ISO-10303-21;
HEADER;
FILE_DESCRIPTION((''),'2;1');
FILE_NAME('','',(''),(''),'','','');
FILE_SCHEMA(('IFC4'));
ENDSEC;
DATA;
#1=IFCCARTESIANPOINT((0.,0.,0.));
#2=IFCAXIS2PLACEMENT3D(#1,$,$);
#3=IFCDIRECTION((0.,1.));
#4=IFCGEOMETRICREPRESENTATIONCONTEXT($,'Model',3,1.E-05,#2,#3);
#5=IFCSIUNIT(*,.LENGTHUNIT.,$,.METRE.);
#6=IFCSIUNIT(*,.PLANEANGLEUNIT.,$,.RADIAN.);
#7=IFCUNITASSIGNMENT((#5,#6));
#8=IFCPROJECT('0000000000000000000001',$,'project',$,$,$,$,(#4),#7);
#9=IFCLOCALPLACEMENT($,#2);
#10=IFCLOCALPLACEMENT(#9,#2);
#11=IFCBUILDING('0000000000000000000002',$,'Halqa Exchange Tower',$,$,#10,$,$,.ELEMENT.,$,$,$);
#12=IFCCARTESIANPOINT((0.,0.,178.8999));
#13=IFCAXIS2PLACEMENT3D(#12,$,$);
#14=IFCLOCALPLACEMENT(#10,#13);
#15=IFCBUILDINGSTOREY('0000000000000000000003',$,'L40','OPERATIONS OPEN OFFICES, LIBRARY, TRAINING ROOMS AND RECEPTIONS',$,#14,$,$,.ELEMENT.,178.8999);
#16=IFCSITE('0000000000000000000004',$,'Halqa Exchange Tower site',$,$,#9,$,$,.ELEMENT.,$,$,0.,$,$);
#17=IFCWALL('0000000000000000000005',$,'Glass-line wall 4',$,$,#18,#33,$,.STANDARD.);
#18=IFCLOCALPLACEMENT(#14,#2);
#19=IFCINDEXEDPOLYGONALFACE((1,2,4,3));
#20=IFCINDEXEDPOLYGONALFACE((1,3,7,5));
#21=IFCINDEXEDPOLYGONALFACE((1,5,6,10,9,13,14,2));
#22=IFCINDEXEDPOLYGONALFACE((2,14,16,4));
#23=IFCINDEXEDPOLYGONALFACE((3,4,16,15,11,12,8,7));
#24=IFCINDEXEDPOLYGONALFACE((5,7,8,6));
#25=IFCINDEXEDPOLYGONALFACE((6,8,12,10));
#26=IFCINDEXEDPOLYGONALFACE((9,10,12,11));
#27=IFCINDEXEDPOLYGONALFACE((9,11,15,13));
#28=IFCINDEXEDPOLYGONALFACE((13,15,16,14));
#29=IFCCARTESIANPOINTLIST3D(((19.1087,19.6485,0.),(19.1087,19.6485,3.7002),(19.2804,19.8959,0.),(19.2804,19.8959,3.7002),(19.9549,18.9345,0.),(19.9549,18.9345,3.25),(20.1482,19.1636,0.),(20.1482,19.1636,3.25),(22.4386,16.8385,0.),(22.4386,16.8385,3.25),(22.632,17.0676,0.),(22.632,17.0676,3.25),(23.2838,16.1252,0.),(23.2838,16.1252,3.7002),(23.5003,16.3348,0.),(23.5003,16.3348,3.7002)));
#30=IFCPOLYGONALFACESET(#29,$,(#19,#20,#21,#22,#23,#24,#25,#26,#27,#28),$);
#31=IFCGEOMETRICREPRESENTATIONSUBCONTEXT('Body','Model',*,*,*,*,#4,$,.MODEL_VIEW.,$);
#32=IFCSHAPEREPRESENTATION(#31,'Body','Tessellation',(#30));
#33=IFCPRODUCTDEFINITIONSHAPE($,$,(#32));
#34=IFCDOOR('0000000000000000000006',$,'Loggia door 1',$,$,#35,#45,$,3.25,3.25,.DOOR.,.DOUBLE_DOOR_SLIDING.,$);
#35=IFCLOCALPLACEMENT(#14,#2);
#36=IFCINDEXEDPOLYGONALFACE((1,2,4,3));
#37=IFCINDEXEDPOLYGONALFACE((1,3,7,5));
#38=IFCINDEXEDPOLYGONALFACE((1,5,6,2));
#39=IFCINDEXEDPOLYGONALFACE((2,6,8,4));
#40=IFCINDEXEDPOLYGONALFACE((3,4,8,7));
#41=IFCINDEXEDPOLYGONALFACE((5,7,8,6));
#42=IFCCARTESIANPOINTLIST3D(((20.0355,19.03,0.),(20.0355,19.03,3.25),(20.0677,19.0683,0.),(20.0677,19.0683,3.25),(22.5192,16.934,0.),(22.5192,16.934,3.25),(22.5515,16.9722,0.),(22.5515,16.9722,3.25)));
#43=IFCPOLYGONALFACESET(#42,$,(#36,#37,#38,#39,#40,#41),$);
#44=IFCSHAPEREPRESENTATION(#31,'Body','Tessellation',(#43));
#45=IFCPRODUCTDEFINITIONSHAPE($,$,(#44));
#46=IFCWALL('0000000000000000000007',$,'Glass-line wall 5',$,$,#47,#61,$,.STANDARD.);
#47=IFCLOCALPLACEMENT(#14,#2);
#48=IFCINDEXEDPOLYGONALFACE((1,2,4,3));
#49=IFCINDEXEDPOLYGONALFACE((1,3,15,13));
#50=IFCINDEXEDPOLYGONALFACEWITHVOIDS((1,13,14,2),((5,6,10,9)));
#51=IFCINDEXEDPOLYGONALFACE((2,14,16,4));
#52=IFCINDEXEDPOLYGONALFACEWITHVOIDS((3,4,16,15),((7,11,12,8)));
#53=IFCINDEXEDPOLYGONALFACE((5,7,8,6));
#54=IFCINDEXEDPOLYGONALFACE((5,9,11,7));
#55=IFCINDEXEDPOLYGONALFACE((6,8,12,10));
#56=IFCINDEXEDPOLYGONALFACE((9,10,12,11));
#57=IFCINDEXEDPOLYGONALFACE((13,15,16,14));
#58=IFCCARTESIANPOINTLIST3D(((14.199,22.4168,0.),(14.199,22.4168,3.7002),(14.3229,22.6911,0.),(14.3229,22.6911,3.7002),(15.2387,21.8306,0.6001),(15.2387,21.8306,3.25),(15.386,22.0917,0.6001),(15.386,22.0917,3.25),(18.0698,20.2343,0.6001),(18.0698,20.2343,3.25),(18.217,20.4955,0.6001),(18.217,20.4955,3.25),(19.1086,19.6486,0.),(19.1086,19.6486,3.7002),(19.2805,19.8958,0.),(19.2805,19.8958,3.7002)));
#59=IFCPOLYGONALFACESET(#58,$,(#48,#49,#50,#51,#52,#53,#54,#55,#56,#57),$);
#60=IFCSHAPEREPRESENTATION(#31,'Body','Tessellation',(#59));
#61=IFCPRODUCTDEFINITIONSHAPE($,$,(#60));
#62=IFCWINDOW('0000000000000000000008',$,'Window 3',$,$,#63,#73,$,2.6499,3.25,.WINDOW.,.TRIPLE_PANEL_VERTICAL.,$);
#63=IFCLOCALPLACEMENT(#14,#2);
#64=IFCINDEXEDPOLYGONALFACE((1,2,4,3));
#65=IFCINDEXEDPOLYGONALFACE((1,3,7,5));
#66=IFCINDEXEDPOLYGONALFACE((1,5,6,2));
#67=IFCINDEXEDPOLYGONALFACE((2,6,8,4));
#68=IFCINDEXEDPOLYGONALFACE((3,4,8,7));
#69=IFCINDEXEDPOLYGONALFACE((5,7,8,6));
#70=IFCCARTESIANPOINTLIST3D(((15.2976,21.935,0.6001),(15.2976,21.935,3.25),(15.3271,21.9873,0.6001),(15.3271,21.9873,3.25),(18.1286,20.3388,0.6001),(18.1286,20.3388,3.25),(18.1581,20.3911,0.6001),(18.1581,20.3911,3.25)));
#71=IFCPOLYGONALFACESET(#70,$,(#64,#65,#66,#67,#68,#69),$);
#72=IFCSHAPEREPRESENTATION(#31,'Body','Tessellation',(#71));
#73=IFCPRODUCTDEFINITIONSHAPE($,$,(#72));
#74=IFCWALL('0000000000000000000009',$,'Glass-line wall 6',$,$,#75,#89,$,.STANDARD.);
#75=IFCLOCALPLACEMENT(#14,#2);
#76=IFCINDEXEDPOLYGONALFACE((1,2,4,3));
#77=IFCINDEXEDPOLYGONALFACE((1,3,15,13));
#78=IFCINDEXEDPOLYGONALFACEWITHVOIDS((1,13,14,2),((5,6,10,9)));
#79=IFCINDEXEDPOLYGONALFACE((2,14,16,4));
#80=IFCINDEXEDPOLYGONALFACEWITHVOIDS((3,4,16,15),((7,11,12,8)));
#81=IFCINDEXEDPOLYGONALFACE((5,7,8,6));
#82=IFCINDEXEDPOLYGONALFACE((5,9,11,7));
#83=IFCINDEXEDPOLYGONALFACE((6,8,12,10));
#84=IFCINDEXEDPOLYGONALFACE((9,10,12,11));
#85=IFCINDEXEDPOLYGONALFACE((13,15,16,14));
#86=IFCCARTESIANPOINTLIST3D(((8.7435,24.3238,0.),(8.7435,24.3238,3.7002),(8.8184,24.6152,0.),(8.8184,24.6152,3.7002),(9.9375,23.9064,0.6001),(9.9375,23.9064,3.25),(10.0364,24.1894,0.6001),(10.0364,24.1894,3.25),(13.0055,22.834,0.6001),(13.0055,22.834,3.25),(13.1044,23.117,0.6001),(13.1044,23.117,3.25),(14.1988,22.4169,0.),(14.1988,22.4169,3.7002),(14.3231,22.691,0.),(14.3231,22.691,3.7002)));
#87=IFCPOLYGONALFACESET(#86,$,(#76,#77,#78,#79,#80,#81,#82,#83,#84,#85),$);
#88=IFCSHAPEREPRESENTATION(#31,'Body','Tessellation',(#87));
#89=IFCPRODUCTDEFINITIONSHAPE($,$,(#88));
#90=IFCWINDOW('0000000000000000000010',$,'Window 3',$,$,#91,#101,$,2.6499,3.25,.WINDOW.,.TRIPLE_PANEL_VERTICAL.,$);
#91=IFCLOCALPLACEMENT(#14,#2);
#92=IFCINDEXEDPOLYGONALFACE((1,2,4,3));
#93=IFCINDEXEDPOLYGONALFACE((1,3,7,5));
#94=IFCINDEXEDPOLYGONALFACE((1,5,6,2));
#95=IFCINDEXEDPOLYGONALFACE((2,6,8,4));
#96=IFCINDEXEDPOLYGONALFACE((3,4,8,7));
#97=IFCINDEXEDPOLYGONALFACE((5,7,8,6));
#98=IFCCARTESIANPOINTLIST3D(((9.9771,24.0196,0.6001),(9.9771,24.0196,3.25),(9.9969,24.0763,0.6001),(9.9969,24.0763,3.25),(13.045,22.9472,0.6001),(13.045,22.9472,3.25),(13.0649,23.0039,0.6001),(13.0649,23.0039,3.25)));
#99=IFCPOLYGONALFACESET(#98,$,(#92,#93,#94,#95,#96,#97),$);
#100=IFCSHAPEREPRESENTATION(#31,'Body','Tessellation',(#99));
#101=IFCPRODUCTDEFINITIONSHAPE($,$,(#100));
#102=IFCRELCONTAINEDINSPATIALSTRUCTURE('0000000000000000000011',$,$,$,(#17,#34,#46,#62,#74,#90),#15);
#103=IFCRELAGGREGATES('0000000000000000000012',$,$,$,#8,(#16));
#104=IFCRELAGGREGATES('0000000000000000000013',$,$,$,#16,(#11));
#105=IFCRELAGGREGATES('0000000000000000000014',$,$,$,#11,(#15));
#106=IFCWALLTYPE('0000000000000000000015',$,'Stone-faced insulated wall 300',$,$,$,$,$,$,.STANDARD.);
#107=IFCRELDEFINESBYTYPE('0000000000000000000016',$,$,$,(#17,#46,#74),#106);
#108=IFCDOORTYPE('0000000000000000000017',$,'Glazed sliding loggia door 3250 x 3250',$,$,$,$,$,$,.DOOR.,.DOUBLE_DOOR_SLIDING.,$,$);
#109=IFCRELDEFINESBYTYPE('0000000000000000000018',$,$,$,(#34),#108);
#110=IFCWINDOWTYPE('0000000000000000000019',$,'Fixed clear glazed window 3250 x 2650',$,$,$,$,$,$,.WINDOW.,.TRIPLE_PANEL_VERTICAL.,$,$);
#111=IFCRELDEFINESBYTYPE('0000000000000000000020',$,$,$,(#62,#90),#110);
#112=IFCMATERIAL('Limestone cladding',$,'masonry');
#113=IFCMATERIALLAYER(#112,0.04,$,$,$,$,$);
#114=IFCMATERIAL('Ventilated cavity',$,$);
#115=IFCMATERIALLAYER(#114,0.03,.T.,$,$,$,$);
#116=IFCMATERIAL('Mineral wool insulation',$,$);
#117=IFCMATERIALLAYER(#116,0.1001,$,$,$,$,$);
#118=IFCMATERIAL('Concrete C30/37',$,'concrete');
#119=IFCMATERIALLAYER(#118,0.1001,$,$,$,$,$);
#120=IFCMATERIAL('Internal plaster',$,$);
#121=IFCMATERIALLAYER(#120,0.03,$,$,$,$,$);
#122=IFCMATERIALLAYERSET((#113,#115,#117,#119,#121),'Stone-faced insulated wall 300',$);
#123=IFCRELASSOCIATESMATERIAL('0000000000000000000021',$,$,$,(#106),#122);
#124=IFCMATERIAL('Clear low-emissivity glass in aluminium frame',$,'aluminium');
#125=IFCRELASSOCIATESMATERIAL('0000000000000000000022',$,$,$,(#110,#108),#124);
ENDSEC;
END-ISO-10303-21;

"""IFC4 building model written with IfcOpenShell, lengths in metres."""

from ifc_helpers import new_model, si_unit, direction, frame, frame_2d, origin, place, context, subcontext, project, spatial, polyline, rectangle, outline, extrude, material, layer, layer_set, type_object, element, fill, save


model = new_model("IFC4")

# Units and contexts
model_context = context("Model", 3, precision=1e-05, world=origin(), true_north=direction((0.0, 1.0)))
body_context = subcontext(model_context, "Body", "Model", "MODEL_VIEW")
ifc_project = project(units=[si_unit("LENGTHUNIT", "METRE"), si_unit("PLANEANGLEUNIT", "RADIAN")], contexts=[model_context])

# Site, building, storey
site_placement = place(None, origin())
site = spatial("IfcSite", under=ifc_project, at=site_placement, Name="Halqa Exchange Tower site", CompositionType="ELEMENT", RefElevation=0.0)
building_placement = place(site_placement, origin())
building = spatial("IfcBuilding", under=site, at=building_placement, Name="Halqa Exchange Tower", CompositionType="ELEMENT")
storey_placement = place(building_placement, frame((0.0, 0.0, 178.8999)))
storey = spatial("IfcBuildingStorey", under=building, at=storey_placement, Name="L40", Description="OPERATIONS OPEN OFFICES, LIBRARY, TRAINING ROOMS AND RECEPTIONS", CompositionType="ELEMENT", Elevation=178.8999)

# Shared definitions
ifc_material_1 = material(Name="Limestone cladding", Category="masonry")
ifc_layer_1 = layer(ifc_material_1, 0.04)
ifc_material_2 = material(Name="Ventilated cavity")
ifc_layer_2 = layer(ifc_material_2, 0.03, ventilated=True)
ifc_material_3 = material(Name="Mineral wool insulation")
ifc_layer_3 = layer(ifc_material_3, 0.1001)
ifc_material_4 = material(Name="Concrete C30/37", Category="concrete")
ifc_layer_4 = layer(ifc_material_4, 0.1001)
ifc_material_5 = material(Name="Internal plaster")
ifc_layer_5 = layer(ifc_material_5, 0.03)
ifc_layer_set_1 = layer_set([ifc_layer_1, ifc_layer_2, ifc_layer_3, ifc_layer_4, ifc_layer_5], Name="Stone-faced insulated wall 300")
wall_type_1 = type_object("IfcWallType", Name="Stone-faced insulated wall 300", PredefinedType="STANDARD", material=ifc_layer_set_1)
ifc_material_6 = material(Name="Clear low-emissivity glass in aluminium frame", Category="aluminium")
window_type = type_object("IfcWindowType", Name="Fixed clear glazed window 3250 x 2650", PartitioningType="TRIPLE_PANEL_VERTICAL", PredefinedType="WINDOW", material=ifc_material_6)

# Wall, opening, door
wall_1_placement = place(storey_placement, frame((23.3921, 16.23, 0.0), z_axis=(0.0, 0.0, 1.0), x_axis=(-0.764239, 0.644933, 0.0)))
wall_1 = element("IfcWall", 1, at=wall_1_placement, inside=storey, type_object=wall_type_1, Name="Glass-line wall 4", PredefinedType="STANDARD", context=body_context, shape_type="SweptSolid", body=[
    extrude(outline(polyline([(-0.0151, -0.1499), (5.5066, -0.1499), (5.4783, 0.1499), (0.0151, 0.1499), (-0.0151, -0.1499)])), origin(), (0.0, 0.0, 1.0), 3.7002),
])
opening_1_placement = place(wall_1_placement, frame((1.1211, 0.0, 0.0)))
opening_1 = element("IfcOpeningElement", 2, at=opening_1_placement, cuts=wall_1, PredefinedType="OPENING", context=body_context, shape_type="SweptSolid", body=[
    extrude(rectangle(XDim=3.25, YDim=3.25, at=frame_2d((1.625, 1.625))), frame((0.0, 0.1621, 0.0), z_axis=(0.0, -1.0, 0.0), x_axis=(1.0, 0.0, 0.0)), (0.0, 0.0, 1.0), 0.324),
])
door_type = type_object("IfcDoorType", Name="Glazed sliding loggia door 3250 x 3250", OperationType="DOUBLE_DOOR_SLIDING", PredefinedType="DOOR", material=ifc_material_6)
door_placement = place(opening_1_placement, origin())
door = element("IfcDoor", 3, at=door_placement, inside=storey, type_object=door_type, Name="Loggia door 1", OperationType="DOUBLE_DOOR_SLIDING", OverallHeight=3.25, OverallWidth=3.25, PredefinedType="DOOR", context=body_context, shape_type="SweptSolid", body=[
    extrude(rectangle(XDim=3.25, YDim=3.25, at=frame_2d((1.625, 1.625))), frame((0.0, 0.0249, 0.0), z_axis=(0.0, -1.0, 0.0), x_axis=(1.0, 0.0, 0.0)), (0.0, 0.0, 1.0), 0.05),
])
fill(opening_1, door)

# Walls, openings, windows
wall_2_placement = place(storey_placement, frame((19.1946, 19.7722, 0.0), z_axis=(0.0, 0.0, 1.0), x_axis=(-0.871078, 0.491145, 0.0)))
wall_2 = element("IfcWall", 4, at=wall_2_placement, inside=storey, type_object=wall_type_1, Name="Glass-line wall 5", PredefinedType="STANDARD", context=body_context, shape_type="SweptSolid", body=[
    extrude(outline(polyline([(-0.0142, -0.1499), (5.6772, -0.1499), (5.6504, 0.1499), (0.0142, 0.1499), (-0.0142, -0.1499)])), origin(), (0.0, 0.0, 1.0), 3.7002),
])
opening_2_placement = place(wall_2_placement, frame((1.2068, 0.0, 0.6001)))
opening_2 = element("IfcOpeningElement", 5, at=opening_2_placement, cuts=wall_2, PredefinedType="OPENING", context=body_context, shape_type="SweptSolid", body=[
    extrude(rectangle(XDim=3.25, YDim=2.6499, at=frame_2d((1.625, 1.325))), frame((0.0, 0.1621, 0.0), z_axis=(0.0, -1.0, 0.0), x_axis=(1.0, 0.0, 0.0)), (0.0, 0.0, 1.0), 0.324),
])
window_1_placement = place(opening_2_placement, origin())
window_1 = element("IfcWindow", 6, at=window_1_placement, inside=storey, type_object=window_type, Name="Window 3", OverallHeight=2.6499, OverallWidth=3.25, PartitioningType="TRIPLE_PANEL_VERTICAL", PredefinedType="WINDOW", context=body_context, shape_type="SweptSolid", body=[
    extrude(rectangle(XDim=3.25, YDim=2.6499, at=frame_2d((1.625, 1.325))), frame((0.0, 0.03, 0.0), z_axis=(0.0, -1.0, 0.0), x_axis=(1.0, 0.0, 0.0)), (0.0, 0.0, 1.0), 0.0601),
])
fill(opening_2, window_1)
wall_3_placement = place(storey_placement, frame((14.261, 22.554, 0.0), z_axis=(0.0, 0.0, 1.0), x_axis=(-0.943991, 0.329972, 0.0)))
wall_3 = element("IfcWall", 7, at=wall_3_placement, inside=storey, type_object=wall_type_1, Name="Glass-line wall 6", PredefinedType="STANDARD", context=body_context, shape_type="SweptSolid", body=[
    extrude(outline(polyline([(-0.0134, -0.1499), (5.8179, -0.1499), (5.7925, 0.1499), (0.0134, 0.1499), (-0.0134, -0.1499)])), origin(), (0.0, 0.0, 1.0), 3.7002),
])
opening_3_placement = place(wall_3_placement, frame((1.2776, 0.0, 0.6001)))
opening_3 = element("IfcOpeningElement", 8, at=opening_3_placement, cuts=wall_3, PredefinedType="OPENING", context=body_context, shape_type="SweptSolid", body=[
    extrude(rectangle(XDim=3.25, YDim=2.6499, at=frame_2d((1.625, 1.325))), frame((0.0, 0.1621, 0.0), z_axis=(0.0, -1.0, 0.0), x_axis=(1.0, 0.0, 0.0)), (0.0, 0.0, 1.0), 0.324),
])
window_2_placement = place(opening_3_placement, origin())
window_2 = element("IfcWindow", 9, at=window_2_placement, inside=storey, type_object=window_type, Name="Window 3", OverallHeight=2.6499, OverallWidth=3.25, PartitioningType="TRIPLE_PANEL_VERTICAL", PredefinedType="WINDOW", context=body_context, shape_type="SweptSolid", body=[
    extrude(rectangle(XDim=3.25, YDim=2.6499, at=frame_2d((1.625, 1.325))), frame((0.0, 0.03, 0.0), z_axis=(0.0, -1.0, 0.0), x_axis=(1.0, 0.0, 0.0)), (0.0, 0.0, 1.0), 0.0601),
])
fill(opening_3, window_2)

save(model, "model.ifc")
